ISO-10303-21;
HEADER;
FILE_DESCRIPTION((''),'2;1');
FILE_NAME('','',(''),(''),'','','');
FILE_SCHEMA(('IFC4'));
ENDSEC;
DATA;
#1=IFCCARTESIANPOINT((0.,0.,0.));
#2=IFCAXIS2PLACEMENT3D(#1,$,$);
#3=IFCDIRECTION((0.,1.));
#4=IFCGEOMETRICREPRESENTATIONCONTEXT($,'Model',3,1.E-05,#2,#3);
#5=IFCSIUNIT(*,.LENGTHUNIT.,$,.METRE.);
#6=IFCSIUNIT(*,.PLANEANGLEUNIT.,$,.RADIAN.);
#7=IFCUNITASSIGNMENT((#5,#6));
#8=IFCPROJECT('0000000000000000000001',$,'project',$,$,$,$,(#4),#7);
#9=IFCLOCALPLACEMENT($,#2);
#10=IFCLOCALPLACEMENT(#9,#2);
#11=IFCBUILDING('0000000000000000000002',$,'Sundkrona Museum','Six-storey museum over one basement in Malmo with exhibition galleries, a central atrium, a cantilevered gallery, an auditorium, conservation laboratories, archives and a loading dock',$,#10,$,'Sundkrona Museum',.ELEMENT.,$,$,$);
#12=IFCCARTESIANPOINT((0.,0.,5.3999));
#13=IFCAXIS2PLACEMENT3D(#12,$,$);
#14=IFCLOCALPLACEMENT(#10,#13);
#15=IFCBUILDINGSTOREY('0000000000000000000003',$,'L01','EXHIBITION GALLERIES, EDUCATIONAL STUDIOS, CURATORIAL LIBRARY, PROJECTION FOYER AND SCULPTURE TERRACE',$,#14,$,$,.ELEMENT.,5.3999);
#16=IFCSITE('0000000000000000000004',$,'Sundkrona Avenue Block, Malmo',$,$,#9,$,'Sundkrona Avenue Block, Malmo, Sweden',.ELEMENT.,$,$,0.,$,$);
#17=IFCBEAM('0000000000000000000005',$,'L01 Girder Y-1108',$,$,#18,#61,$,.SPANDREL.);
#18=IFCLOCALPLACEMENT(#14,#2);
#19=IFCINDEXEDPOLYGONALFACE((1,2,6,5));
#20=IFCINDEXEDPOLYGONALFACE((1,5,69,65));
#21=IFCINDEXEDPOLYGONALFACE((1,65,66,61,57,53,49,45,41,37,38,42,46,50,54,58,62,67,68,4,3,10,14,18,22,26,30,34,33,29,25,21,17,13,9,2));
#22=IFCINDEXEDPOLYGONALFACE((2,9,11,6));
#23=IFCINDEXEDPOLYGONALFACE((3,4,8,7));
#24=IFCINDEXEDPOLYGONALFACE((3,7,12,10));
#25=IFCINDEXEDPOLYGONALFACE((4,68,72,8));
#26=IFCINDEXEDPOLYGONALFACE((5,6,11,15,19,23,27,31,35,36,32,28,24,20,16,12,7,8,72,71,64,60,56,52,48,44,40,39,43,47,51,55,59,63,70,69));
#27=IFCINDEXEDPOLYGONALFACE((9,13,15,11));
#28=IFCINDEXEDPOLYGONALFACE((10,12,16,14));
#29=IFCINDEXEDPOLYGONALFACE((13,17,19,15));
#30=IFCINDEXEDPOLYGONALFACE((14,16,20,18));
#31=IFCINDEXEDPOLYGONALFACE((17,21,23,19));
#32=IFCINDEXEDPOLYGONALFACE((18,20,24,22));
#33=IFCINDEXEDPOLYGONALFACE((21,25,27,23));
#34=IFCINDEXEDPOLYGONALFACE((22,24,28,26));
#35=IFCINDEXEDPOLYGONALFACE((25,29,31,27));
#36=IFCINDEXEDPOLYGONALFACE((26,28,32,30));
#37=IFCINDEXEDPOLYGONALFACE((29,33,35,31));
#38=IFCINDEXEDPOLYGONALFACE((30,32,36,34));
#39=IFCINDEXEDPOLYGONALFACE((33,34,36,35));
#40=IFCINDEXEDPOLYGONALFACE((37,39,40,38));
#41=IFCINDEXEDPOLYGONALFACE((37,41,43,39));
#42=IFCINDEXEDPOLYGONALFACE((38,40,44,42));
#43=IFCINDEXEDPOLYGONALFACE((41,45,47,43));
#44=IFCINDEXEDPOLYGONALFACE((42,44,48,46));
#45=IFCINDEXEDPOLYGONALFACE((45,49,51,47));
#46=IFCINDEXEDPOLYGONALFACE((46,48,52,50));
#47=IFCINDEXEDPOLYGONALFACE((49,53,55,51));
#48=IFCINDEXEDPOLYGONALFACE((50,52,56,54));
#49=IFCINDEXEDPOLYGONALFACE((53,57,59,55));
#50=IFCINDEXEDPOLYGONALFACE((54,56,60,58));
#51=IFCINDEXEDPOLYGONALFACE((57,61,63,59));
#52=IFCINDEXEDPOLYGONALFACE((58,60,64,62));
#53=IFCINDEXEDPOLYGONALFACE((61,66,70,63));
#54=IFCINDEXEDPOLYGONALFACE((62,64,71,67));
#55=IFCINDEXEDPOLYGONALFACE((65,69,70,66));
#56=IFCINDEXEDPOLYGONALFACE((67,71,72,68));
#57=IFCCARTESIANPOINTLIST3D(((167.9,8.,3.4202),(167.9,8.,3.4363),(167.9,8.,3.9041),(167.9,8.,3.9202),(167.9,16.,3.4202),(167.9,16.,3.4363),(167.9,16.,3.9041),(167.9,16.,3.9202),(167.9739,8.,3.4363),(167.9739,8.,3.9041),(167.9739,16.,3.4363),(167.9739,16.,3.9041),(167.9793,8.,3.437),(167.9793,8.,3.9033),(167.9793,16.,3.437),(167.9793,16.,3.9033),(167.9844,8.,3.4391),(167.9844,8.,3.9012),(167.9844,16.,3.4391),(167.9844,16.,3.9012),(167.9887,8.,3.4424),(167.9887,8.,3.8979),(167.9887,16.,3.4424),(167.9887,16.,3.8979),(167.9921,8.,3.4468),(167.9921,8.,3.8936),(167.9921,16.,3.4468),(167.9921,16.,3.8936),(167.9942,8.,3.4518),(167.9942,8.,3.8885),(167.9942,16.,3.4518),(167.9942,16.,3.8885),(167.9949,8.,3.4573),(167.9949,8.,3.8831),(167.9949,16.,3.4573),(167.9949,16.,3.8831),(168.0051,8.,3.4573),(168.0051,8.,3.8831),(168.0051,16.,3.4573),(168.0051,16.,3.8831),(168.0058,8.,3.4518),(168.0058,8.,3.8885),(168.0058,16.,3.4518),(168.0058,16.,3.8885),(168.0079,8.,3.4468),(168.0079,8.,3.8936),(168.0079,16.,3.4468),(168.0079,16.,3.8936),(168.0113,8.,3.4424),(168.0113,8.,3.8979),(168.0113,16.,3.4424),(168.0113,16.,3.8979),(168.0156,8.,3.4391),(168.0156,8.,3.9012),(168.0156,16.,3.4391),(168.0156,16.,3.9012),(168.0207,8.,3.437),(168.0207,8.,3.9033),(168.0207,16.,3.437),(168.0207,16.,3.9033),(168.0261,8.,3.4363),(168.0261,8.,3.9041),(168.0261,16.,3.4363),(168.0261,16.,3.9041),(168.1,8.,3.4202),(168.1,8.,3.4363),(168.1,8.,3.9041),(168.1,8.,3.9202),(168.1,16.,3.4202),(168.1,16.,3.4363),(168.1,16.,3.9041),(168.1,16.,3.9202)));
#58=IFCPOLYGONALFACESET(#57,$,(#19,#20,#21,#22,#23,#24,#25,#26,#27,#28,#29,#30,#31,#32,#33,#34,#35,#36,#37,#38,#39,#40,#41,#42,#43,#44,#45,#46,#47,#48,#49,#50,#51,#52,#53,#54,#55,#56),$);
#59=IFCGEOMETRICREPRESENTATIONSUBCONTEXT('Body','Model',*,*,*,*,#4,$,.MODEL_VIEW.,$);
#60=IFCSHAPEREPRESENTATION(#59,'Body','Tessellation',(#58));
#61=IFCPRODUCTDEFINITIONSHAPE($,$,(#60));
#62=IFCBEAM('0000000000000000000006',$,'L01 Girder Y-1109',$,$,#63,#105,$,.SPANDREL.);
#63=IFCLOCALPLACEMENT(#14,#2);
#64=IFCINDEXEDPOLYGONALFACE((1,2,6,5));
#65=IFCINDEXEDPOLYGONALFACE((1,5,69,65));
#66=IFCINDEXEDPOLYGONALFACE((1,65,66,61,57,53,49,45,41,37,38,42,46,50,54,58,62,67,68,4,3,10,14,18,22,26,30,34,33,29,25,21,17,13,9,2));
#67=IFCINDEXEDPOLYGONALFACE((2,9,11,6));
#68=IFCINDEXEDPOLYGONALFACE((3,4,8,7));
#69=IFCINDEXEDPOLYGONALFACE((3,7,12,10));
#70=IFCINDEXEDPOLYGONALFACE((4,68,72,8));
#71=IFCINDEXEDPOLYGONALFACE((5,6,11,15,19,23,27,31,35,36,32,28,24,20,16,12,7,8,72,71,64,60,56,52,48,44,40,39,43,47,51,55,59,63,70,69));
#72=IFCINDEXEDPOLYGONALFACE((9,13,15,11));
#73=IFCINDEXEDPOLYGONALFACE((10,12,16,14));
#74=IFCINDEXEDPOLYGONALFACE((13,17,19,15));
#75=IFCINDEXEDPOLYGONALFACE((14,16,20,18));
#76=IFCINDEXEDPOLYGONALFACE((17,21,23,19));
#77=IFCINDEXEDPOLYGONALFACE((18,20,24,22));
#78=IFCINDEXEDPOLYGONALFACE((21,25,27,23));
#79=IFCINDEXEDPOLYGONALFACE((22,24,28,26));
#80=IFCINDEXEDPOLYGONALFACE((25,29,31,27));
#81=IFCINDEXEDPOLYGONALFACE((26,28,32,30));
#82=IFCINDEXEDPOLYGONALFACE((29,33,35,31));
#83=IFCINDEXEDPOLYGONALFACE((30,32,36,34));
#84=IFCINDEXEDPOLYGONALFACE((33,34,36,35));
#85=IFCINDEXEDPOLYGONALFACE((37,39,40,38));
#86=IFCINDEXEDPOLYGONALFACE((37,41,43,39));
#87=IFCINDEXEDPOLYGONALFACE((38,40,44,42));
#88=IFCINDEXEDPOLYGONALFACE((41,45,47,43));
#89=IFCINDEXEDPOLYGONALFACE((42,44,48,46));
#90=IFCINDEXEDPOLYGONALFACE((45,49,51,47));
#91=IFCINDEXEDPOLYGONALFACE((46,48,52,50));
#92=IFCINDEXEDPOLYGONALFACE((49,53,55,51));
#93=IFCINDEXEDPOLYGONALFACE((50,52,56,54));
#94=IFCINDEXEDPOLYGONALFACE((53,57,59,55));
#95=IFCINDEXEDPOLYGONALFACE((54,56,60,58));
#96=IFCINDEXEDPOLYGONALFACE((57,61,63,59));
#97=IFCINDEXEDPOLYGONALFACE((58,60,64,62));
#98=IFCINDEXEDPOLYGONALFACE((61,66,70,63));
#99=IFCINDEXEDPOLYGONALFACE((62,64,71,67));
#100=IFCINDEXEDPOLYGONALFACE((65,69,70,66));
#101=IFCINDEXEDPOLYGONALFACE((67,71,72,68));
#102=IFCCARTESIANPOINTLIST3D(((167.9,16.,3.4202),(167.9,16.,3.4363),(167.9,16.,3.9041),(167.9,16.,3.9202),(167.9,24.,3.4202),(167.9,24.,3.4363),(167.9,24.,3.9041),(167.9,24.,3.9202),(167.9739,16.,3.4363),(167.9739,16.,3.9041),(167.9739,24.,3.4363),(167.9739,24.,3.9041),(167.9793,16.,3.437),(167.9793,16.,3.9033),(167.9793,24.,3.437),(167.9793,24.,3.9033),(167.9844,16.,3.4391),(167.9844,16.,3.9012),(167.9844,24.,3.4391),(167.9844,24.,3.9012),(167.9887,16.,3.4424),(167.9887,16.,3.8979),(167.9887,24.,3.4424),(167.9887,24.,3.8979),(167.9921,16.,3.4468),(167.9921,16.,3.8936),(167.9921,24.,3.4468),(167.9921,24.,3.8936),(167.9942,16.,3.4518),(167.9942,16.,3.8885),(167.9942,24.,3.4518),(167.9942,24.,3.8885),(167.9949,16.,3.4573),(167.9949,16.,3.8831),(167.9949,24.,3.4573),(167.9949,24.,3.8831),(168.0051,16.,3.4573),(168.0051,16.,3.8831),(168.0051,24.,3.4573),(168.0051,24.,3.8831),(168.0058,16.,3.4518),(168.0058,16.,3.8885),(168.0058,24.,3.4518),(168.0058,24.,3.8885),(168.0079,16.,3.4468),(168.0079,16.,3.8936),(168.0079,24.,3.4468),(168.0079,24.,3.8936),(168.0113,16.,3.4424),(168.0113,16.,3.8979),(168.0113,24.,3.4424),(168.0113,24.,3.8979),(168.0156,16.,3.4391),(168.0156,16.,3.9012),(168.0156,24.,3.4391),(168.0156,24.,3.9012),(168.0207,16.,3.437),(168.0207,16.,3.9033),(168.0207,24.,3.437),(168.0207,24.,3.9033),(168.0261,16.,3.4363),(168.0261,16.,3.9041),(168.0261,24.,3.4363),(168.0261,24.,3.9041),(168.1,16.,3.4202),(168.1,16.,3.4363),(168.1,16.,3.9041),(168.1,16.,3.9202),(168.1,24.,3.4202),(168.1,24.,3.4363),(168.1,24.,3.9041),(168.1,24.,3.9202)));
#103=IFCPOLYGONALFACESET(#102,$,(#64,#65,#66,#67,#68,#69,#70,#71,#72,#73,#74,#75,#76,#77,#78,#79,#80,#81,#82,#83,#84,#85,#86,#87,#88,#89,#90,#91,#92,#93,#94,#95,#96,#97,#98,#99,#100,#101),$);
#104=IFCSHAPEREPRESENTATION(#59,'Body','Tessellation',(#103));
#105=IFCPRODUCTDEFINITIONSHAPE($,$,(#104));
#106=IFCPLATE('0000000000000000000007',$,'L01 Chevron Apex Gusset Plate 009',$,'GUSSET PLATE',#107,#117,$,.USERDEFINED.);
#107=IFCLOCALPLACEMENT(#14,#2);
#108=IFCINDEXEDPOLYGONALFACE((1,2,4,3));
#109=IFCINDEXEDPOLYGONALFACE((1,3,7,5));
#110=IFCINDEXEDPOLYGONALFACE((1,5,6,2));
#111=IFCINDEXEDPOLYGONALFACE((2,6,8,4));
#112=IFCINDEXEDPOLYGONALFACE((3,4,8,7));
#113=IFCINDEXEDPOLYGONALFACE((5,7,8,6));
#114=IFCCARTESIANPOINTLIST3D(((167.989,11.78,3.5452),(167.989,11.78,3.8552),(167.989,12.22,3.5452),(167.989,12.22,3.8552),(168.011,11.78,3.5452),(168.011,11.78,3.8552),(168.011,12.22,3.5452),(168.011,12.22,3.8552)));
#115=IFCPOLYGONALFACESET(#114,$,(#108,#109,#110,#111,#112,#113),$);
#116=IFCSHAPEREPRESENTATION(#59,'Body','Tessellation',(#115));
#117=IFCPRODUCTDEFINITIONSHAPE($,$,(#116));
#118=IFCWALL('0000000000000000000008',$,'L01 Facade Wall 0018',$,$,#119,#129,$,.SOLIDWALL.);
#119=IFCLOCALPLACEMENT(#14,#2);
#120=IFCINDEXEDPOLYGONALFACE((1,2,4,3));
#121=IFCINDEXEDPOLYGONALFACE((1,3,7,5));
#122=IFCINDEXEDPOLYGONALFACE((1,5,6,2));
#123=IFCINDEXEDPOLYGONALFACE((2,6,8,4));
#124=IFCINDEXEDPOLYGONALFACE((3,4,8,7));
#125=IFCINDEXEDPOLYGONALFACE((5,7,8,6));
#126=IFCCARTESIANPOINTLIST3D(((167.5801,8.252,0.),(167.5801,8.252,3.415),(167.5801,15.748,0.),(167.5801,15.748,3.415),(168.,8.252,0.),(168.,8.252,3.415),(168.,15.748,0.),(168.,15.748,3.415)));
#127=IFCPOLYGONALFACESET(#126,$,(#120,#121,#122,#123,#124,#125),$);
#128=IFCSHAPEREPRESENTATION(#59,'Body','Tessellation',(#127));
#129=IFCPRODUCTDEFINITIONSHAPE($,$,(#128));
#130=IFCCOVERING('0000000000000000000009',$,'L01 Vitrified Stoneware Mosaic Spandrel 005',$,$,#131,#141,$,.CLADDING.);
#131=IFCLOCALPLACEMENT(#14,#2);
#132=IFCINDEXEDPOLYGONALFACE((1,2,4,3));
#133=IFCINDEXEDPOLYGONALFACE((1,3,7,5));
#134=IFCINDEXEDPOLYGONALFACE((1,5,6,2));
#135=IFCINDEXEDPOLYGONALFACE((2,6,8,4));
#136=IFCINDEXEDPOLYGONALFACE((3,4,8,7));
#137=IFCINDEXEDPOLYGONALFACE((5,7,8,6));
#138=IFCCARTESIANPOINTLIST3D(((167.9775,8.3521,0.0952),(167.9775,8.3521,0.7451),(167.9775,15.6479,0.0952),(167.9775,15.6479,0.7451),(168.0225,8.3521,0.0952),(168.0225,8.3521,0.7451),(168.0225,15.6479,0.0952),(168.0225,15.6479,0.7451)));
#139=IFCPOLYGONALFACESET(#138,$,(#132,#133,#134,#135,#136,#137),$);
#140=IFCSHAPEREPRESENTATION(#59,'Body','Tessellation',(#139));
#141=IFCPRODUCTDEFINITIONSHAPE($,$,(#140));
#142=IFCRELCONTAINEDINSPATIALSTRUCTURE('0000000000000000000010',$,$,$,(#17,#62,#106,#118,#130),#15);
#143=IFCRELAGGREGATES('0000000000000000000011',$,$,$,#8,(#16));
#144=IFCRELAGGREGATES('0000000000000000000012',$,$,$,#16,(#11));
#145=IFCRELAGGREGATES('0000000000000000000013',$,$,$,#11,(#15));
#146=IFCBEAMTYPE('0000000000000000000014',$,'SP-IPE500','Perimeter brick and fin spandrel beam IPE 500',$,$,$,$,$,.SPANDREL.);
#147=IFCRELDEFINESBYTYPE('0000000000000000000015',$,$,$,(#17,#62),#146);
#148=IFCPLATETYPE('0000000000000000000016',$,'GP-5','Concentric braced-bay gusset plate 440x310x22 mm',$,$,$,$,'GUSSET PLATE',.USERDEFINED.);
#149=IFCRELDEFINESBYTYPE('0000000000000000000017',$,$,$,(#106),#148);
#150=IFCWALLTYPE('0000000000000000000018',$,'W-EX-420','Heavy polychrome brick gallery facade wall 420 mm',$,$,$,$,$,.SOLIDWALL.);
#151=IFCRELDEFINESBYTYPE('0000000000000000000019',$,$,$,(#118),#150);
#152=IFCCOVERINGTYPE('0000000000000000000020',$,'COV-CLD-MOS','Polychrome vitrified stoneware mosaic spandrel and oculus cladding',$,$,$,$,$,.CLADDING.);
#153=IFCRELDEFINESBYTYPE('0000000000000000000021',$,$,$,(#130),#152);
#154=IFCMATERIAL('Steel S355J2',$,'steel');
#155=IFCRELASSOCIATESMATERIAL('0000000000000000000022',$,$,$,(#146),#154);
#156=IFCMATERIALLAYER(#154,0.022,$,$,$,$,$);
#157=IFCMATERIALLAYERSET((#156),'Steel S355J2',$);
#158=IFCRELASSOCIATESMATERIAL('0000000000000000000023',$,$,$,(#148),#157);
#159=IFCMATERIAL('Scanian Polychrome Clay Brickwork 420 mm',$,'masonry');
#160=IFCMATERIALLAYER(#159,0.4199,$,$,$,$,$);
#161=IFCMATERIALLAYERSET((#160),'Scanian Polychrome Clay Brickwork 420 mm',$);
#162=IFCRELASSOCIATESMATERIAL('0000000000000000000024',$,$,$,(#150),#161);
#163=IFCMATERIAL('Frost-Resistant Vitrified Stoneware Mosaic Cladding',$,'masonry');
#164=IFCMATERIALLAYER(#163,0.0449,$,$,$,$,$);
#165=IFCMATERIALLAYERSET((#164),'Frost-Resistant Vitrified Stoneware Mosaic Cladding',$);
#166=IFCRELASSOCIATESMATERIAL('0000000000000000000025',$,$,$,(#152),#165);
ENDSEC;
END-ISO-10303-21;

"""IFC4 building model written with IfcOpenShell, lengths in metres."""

from ifc_helpers import new_model, si_unit, direction, frame, frame_2d, origin, origin_2d, place, context, subcontext, project, spatial, rectangle, i_section, extrude, material, layer, layer_set, material_profile, profile_set, type_object, element, save


model = new_model("IFC4")

# Units and contexts
model_context = context("Model", 3, precision=1e-05, world=origin(), true_north=direction((0.0, 1.0)))
body_context = subcontext(model_context, "Body", "Model", "MODEL_VIEW")
ifc_project = project(units=[si_unit("LENGTHUNIT", "METRE"), si_unit("PLANEANGLEUNIT", "RADIAN")], contexts=[model_context])

# Site, building, storey
site_placement = place(None, origin())
site = spatial("IfcSite", under=ifc_project, at=site_placement, Name="Sundkrona Avenue Block, Malmo", LongName="Sundkrona Avenue Block, Malmo, Sweden", CompositionType="ELEMENT", RefElevation=0.0)
building_placement = place(site_placement, origin())
building = spatial("IfcBuilding", under=site, at=building_placement, Name="Sundkrona Museum", Description="Six-storey museum over one basement in Malmo with exhibition galleries, a central atrium, a cantilevered gallery, an auditorium, conservation laboratories, archives and a loading dock", LongName="Sundkrona Museum", CompositionType="ELEMENT")
storey_placement = place(building_placement, frame((0.0, 0.0, 5.3999)))
storey = spatial("IfcBuildingStorey", under=building, at=storey_placement, Name="L01", Description="EXHIBITION GALLERIES, EDUCATIONAL STUDIOS, CURATORIAL LIBRARY, PROJECTION FOYER AND SCULPTURE TERRACE", CompositionType="ELEMENT", Elevation=5.3999)

# Shared definitions
ifc_material_1 = material(Name="Steel S355J2", Category="steel")

# Beams
ifc_material_profile_1 = material_profile(ifc_material_1, i_section(OverallWidth=0.2, OverallDepth=0.5, WebThickness=0.0103, FlangeThickness=0.0161, FilletRadius=0.021, at=origin_2d()), Name="IPE 500")
ifc_profile_set_1 = profile_set([ifc_material_profile_1], Name="Steel S355J2")
beam_type_1 = type_object("IfcBeamType", Name="SP-IPE500", Description="Perimeter brick and fin spandrel beam IPE 500", PredefinedType="SPANDREL", material=ifc_profile_set_1)
for number, where, z_axis, x_axis, name in (
    (1, (168.0, 8.0, 3.6702), (0.0, 1.0, 0.0), (-1.0, 0.0, 0.0), "L01 Girder Y-1108"),
    (2, (168.0, 16.0, 3.6702), (0.0, 1.0, 0.0), (-1.0, 0.0, 0.0), "L01 Girder Y-1109"),
):
    element("IfcBeam", number, at=place(storey_placement, frame(where, z_axis=z_axis, x_axis=x_axis)), inside=storey, type_object=beam_type_1, Name=name, PredefinedType="SPANDREL", context=body_context, shape_type="SweptSolid", body=[
        extrude(i_section(OverallWidth=0.2, OverallDepth=0.5, WebThickness=0.0103, FlangeThickness=0.0161, FilletRadius=0.021, at=origin_2d()), origin(), (0.0, 0.0, 1.0), 8.0),
    ])

# Plate
ifc_layer_1 = layer(ifc_material_1, 0.022)
ifc_layer_set_1 = layer_set([ifc_layer_1], Name="Steel S355J2")
plate_type = type_object("IfcPlateType", Name="GP-5", Description="Concentric braced-bay gusset plate 440x310x22 mm", ElementType="GUSSET PLATE", PredefinedType="USERDEFINED", material=ifc_layer_set_1)
plate_placement = place(storey_placement, frame((168.0, 12.0, 3.5452), z_axis=(0.0, 0.0, 1.0), x_axis=(0.0, 1.0, 0.0)))
element("IfcPlate", 3, at=plate_placement, inside=storey, type_object=plate_type, Name="L01 Chevron Apex Gusset Plate 009", ObjectType="GUSSET PLATE", PredefinedType="USERDEFINED", context=body_context, shape_type="SweptSolid", body=[
    extrude(rectangle(XDim=0.4399, YDim=0.022, at=origin_2d()), origin(), (0.0, 0.0, 1.0), 0.3101),
])

# Wall
ifc_material_2 = material(Name="Scanian Polychrome Clay Brickwork 420 mm", Category="masonry")
ifc_layer_2 = layer(ifc_material_2, 0.4199)
ifc_layer_set_2 = layer_set([ifc_layer_2], Name="Scanian Polychrome Clay Brickwork 420 mm")
wall_type = type_object("IfcWallType", Name="W-EX-420", Description="Heavy polychrome brick gallery facade wall 420 mm", PredefinedType="SOLIDWALL", material=ifc_layer_set_2)
wall_placement = place(storey_placement, frame((167.79, 15.748, 0.0), z_axis=(0.0, 0.0, 1.0), x_axis=(0.0, -1.0, 0.0)))
element("IfcWall", 4, at=wall_placement, inside=storey, type_object=wall_type, Name="L01 Facade Wall 0018", PredefinedType="SOLIDWALL", context=body_context, shape_type="SweptSolid", body=[
    extrude(rectangle(XDim=7.4961, YDim=0.4199, at=frame_2d((3.748, 0.0))), origin(), (0.0, 0.0, 1.0), 3.415),
])

# Covering
ifc_material_3 = material(Name="Frost-Resistant Vitrified Stoneware Mosaic Cladding", Category="masonry")
ifc_layer_3 = layer(ifc_material_3, 0.0449)
ifc_layer_set_3 = layer_set([ifc_layer_3], Name="Frost-Resistant Vitrified Stoneware Mosaic Cladding")
covering_type = type_object("IfcCoveringType", Name="COV-CLD-MOS", Description="Polychrome vitrified stoneware mosaic spandrel and oculus cladding", PredefinedType="CLADDING", material=ifc_layer_set_3)
covering_placement = place(storey_placement, frame((168.0, 12.0, 0.0952), z_axis=(0.0, 0.0, 1.0), x_axis=(0.0, 1.0, 0.0)))
element("IfcCovering", 5, at=covering_placement, inside=storey, type_object=covering_type, Name="L01 Vitrified Stoneware Mosaic Spandrel 005", PredefinedType="CLADDING", context=body_context, shape_type="SweptSolid", body=[
    extrude(rectangle(XDim=7.2959, YDim=0.0449, at=origin_2d()), origin(), (0.0, 0.0, 1.0), 0.6499),
])

save(model, "model.ifc")
